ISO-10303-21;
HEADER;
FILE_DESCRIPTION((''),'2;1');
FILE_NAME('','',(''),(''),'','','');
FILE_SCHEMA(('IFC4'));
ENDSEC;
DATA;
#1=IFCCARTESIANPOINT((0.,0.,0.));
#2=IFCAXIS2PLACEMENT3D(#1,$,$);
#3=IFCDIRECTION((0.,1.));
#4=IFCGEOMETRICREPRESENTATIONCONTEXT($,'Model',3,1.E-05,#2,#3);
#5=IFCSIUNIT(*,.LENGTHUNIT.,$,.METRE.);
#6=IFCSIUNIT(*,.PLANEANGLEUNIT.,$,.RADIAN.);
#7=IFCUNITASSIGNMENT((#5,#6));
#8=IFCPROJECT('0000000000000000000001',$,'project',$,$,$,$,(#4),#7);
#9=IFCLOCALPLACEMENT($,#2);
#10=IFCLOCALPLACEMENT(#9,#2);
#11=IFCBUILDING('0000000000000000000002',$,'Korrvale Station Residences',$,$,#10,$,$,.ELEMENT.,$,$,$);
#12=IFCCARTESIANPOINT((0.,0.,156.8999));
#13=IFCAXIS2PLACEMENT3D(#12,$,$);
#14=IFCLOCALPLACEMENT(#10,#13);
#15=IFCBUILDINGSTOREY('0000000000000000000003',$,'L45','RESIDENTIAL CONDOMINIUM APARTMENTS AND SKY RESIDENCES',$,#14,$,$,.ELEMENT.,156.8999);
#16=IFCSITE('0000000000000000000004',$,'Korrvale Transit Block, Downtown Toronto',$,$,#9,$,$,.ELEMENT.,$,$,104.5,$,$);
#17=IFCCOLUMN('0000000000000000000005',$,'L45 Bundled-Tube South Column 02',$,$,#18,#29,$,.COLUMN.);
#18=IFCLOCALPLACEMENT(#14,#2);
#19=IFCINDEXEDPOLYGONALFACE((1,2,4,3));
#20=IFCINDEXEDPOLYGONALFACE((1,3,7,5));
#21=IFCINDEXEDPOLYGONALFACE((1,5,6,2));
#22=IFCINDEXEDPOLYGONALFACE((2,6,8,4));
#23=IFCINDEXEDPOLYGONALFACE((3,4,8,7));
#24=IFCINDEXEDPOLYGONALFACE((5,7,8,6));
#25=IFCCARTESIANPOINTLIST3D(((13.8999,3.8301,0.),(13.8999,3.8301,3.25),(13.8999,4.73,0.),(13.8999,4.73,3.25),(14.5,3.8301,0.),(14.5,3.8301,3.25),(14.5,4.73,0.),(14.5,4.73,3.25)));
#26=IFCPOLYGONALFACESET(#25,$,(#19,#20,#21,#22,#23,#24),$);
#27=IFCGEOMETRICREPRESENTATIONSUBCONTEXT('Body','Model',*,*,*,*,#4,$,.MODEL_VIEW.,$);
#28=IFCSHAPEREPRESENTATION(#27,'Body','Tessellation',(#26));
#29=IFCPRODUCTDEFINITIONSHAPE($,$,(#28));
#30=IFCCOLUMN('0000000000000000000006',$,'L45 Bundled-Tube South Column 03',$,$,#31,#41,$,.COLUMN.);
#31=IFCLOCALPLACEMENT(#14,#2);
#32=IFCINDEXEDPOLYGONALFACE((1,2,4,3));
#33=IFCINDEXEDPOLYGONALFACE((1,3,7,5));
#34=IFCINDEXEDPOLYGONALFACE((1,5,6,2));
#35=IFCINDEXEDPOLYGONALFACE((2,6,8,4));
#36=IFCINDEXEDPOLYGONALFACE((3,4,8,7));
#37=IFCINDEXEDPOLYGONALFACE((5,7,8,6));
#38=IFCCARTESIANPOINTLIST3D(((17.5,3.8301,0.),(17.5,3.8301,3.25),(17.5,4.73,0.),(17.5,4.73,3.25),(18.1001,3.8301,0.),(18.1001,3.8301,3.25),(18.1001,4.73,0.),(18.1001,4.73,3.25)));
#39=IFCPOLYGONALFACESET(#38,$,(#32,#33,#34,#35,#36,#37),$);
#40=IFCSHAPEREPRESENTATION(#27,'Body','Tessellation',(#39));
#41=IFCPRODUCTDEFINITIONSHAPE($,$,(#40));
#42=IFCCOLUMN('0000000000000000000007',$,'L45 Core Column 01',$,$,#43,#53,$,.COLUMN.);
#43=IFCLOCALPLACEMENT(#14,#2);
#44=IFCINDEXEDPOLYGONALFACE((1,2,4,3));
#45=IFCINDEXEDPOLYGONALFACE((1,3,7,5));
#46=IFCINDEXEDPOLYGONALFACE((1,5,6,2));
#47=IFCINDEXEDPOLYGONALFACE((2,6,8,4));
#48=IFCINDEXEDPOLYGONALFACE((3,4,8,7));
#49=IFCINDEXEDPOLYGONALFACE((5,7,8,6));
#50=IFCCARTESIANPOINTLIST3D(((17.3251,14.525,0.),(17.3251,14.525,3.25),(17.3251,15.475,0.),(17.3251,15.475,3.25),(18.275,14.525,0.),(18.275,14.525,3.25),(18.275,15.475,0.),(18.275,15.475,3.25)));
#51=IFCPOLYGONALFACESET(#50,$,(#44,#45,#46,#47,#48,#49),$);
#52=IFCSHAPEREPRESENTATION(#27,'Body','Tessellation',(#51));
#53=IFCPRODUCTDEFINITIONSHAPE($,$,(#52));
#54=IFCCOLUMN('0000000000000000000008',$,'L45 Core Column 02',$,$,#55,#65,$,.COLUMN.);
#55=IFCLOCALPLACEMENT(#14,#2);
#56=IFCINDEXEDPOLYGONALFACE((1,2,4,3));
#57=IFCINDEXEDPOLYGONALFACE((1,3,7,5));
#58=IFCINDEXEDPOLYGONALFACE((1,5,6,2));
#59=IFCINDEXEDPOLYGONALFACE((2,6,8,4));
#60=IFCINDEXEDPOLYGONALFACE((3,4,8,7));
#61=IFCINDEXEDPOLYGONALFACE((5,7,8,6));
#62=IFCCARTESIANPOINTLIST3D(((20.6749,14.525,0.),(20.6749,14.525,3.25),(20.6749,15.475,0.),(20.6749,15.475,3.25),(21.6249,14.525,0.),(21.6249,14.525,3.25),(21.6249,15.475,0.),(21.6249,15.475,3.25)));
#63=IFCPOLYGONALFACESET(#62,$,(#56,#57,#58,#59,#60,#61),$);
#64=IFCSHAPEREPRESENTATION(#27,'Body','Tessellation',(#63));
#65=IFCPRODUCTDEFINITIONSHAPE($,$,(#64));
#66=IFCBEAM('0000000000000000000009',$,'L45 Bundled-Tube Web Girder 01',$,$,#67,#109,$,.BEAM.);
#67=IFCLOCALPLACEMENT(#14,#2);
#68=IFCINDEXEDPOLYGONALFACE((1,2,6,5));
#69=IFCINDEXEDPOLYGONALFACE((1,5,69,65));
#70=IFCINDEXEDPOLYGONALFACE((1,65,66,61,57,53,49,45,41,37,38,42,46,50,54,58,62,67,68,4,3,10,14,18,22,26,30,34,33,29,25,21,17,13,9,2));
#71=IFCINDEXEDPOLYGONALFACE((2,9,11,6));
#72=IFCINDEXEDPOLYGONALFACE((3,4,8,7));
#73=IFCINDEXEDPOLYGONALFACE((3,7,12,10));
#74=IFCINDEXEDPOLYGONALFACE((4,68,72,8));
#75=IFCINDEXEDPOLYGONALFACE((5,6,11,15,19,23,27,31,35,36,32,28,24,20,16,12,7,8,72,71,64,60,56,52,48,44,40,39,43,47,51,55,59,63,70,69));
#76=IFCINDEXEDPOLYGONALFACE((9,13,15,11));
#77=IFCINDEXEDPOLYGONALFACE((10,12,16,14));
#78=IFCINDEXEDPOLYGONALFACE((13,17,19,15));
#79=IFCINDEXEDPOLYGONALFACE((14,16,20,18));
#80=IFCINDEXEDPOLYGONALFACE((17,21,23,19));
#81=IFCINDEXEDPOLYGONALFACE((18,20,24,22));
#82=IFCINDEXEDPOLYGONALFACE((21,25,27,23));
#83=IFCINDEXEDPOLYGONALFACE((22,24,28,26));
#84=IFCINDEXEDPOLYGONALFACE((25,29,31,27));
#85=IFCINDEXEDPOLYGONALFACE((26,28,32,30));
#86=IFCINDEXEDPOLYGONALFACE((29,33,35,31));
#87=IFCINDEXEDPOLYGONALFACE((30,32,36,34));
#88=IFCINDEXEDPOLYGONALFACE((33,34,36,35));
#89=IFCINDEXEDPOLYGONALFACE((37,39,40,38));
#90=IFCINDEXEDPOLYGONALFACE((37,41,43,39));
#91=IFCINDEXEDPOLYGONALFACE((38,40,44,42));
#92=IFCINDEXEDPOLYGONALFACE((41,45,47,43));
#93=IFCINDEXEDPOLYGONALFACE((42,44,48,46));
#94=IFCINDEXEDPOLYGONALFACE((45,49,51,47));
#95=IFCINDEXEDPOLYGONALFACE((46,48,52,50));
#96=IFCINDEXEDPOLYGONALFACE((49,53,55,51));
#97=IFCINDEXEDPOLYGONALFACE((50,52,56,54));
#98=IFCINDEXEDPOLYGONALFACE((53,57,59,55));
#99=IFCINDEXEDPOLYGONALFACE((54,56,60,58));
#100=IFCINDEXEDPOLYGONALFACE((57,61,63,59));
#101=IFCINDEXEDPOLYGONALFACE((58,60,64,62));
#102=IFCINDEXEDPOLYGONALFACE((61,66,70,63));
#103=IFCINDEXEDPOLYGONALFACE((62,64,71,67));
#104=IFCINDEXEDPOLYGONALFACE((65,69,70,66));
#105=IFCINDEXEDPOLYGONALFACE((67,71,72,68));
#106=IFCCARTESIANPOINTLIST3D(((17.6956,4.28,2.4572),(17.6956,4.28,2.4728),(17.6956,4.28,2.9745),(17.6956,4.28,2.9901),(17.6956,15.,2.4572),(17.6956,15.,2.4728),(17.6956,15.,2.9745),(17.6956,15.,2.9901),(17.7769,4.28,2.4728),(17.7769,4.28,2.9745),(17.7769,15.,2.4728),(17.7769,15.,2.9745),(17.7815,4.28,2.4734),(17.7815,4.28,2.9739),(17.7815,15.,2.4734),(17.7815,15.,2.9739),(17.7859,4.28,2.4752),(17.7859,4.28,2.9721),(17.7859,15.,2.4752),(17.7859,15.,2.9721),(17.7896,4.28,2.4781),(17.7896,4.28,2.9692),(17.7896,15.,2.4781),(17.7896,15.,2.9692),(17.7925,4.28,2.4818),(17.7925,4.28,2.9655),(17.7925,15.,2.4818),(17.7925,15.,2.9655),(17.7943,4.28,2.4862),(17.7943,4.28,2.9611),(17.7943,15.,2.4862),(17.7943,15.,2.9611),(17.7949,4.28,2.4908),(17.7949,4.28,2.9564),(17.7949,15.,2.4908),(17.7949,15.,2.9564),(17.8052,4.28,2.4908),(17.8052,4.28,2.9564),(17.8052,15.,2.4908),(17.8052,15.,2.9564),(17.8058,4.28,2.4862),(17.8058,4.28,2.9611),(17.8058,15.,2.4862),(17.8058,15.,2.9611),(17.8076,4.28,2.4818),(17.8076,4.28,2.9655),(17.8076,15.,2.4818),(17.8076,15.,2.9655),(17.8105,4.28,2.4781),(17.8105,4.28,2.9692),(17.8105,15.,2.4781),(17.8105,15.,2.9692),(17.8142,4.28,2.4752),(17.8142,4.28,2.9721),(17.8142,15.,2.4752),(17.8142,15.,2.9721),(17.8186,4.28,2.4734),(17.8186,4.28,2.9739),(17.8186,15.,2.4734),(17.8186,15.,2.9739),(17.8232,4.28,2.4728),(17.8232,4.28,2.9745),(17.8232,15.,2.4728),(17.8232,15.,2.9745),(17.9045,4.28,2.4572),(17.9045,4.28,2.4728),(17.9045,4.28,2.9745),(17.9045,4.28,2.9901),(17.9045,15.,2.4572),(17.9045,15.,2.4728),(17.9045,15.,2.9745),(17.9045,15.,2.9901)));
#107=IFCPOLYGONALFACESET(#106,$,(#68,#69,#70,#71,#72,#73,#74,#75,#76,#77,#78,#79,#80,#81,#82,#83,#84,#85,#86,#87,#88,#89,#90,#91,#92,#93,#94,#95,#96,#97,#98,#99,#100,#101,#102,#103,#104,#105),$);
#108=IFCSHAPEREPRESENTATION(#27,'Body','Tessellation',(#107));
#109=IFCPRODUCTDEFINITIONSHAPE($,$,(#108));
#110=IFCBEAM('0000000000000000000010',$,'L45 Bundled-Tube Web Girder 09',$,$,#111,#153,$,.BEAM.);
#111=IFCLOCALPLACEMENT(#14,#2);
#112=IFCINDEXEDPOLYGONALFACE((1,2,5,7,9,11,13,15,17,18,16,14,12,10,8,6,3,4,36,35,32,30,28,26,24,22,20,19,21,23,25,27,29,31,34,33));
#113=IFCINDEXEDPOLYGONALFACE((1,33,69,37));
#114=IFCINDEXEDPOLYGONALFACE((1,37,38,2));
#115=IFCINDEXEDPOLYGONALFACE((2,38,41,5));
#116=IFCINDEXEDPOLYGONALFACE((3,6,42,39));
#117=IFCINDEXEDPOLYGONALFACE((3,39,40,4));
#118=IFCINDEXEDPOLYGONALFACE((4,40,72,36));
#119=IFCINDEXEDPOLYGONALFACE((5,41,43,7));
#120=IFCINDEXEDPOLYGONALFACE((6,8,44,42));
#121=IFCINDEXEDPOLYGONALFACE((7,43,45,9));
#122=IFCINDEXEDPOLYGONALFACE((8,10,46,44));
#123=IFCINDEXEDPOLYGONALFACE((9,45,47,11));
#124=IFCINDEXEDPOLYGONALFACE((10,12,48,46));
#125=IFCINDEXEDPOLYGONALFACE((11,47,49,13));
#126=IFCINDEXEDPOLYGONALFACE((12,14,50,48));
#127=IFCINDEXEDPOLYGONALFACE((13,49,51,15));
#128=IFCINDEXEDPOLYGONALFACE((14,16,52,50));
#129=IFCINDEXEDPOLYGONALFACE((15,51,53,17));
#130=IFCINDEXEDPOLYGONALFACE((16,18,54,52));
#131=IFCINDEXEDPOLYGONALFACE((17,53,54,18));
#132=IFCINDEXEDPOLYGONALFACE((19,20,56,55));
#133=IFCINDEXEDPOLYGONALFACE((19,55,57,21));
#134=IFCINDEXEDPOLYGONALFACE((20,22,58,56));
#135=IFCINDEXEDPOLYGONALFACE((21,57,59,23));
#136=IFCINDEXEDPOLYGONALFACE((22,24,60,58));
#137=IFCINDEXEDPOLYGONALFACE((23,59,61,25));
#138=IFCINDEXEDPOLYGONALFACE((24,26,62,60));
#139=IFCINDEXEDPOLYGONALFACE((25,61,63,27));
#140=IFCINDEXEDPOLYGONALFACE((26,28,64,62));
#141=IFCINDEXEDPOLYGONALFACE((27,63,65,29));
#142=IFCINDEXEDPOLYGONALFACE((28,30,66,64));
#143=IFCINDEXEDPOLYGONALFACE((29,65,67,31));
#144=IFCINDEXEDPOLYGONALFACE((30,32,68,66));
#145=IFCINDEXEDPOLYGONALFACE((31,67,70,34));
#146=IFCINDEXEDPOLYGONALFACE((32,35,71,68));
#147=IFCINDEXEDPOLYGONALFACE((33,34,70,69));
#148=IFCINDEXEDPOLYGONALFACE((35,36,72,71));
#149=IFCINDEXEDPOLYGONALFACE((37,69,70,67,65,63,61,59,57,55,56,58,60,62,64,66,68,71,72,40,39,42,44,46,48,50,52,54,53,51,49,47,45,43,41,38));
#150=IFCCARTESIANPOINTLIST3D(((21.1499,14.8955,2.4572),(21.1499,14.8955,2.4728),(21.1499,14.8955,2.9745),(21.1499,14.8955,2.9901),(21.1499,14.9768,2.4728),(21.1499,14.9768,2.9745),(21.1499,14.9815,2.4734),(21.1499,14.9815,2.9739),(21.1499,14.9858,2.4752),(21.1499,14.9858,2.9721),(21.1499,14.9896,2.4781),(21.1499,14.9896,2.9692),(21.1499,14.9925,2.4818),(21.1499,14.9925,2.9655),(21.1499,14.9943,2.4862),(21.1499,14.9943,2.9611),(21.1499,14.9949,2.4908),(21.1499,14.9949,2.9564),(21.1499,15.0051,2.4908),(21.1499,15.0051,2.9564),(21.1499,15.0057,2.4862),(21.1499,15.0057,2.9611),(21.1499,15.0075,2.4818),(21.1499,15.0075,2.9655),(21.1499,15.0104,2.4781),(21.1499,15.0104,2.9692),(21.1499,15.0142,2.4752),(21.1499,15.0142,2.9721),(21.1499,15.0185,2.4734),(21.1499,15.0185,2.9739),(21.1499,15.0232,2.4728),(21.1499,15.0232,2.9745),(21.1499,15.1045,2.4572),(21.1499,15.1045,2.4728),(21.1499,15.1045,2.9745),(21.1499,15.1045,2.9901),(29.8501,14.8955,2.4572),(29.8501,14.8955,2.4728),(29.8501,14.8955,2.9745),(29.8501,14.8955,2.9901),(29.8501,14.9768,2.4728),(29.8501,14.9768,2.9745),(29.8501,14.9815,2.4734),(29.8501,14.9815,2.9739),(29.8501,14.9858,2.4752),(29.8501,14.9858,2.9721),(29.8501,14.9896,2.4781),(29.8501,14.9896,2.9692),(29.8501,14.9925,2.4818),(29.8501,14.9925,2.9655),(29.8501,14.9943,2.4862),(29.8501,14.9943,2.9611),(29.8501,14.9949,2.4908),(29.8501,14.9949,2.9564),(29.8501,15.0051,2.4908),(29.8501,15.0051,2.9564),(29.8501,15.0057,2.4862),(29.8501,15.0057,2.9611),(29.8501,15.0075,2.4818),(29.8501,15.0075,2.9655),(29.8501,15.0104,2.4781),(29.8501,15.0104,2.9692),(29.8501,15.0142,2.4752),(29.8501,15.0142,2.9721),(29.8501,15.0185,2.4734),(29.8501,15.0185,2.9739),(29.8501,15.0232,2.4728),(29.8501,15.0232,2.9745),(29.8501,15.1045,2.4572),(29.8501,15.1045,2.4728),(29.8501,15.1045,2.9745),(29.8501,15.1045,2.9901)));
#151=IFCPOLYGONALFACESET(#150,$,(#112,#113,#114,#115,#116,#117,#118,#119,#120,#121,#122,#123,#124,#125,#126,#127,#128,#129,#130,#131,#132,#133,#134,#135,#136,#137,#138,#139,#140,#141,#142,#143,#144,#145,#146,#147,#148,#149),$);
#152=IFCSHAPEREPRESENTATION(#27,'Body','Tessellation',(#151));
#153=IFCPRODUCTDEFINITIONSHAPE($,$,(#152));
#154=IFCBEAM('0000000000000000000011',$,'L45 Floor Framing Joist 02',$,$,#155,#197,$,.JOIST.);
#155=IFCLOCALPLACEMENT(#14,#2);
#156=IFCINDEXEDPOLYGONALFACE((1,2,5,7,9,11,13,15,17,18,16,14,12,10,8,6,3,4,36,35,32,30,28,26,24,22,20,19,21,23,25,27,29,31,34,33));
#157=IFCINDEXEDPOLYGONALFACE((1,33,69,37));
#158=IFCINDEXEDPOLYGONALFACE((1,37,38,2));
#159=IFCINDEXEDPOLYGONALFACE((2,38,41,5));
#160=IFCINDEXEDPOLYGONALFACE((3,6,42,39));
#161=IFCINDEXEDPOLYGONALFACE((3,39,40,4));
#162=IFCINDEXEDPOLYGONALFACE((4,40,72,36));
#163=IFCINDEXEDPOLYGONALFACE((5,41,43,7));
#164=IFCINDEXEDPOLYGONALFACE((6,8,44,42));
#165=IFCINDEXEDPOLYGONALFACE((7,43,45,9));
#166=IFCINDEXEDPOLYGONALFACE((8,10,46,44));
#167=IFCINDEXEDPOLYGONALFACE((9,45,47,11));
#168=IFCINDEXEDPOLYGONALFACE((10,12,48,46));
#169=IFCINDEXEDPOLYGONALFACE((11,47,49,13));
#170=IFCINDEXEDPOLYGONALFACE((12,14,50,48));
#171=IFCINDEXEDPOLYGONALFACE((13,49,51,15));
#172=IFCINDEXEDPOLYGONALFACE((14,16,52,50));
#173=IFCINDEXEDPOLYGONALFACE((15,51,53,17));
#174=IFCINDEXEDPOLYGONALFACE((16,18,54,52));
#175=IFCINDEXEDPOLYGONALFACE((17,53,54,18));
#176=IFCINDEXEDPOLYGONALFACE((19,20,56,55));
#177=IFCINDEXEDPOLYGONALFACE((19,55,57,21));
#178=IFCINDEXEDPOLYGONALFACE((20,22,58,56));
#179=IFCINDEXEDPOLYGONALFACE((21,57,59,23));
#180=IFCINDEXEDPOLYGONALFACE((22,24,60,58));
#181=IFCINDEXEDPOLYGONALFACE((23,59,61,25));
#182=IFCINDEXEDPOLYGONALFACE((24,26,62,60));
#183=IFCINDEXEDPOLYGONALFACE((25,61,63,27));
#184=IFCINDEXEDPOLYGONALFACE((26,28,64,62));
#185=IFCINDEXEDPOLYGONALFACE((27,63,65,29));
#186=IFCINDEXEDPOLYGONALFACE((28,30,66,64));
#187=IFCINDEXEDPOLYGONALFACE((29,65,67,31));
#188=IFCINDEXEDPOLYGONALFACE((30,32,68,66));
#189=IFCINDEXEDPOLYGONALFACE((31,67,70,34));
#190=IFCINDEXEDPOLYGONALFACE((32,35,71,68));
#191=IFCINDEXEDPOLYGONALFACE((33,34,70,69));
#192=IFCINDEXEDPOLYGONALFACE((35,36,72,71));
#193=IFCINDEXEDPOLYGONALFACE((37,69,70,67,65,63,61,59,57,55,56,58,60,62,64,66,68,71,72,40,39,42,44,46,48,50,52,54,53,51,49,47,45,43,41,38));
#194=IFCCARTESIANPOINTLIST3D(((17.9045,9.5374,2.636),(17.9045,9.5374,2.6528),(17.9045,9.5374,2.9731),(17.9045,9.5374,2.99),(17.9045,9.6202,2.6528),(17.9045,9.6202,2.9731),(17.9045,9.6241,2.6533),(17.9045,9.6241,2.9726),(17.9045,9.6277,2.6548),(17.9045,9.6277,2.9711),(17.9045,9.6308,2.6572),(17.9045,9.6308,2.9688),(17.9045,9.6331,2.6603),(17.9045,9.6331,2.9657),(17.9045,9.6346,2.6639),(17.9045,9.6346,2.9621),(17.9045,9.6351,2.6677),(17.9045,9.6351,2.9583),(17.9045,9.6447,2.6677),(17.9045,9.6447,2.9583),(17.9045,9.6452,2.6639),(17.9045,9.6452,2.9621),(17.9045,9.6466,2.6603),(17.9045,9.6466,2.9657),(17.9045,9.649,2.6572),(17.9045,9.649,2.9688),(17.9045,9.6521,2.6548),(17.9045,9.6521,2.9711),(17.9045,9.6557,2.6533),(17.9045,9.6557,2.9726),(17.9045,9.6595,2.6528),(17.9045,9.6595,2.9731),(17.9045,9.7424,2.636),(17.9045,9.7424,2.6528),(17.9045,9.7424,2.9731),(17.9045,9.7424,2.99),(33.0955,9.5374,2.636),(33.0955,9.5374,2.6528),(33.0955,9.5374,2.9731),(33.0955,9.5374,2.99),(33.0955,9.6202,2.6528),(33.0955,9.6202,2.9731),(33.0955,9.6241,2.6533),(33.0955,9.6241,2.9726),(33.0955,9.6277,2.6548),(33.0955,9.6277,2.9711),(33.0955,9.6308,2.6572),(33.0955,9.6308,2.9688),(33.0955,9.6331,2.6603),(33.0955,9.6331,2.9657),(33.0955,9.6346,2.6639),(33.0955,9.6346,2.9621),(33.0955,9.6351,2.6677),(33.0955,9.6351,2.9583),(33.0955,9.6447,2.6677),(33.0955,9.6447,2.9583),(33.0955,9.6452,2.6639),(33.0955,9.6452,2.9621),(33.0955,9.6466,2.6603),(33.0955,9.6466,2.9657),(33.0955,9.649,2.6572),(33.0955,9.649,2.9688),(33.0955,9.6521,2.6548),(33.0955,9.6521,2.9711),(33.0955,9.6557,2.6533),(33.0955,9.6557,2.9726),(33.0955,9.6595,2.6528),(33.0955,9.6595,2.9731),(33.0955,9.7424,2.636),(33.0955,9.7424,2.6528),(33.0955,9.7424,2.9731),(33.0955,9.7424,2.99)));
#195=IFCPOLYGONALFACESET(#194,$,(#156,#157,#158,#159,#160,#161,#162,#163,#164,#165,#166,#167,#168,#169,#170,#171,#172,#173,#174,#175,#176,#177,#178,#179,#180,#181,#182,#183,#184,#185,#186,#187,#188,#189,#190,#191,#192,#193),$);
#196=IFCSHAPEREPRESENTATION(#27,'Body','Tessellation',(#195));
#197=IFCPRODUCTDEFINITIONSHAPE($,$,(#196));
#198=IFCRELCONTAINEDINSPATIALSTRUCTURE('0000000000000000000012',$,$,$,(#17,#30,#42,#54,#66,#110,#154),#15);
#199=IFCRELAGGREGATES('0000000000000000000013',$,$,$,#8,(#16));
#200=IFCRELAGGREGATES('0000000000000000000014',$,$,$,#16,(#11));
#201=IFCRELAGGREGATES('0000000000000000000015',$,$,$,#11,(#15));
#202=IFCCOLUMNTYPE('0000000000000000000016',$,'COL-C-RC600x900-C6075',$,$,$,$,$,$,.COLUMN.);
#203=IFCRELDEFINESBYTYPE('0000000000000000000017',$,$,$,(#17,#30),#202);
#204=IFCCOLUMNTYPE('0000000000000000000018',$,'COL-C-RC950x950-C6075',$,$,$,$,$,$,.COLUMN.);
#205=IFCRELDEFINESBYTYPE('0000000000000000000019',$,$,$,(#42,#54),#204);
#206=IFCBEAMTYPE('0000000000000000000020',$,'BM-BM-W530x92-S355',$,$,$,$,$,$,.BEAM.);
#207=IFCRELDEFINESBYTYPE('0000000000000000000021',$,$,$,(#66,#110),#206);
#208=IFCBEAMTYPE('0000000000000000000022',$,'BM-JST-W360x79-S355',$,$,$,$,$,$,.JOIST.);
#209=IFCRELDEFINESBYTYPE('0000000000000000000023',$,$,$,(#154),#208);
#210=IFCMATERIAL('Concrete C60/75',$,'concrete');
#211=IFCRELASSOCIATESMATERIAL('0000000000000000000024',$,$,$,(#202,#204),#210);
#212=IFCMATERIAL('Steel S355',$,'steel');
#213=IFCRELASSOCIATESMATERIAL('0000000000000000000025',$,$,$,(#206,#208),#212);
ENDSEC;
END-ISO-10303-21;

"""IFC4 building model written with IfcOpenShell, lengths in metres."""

from ifc_helpers import new_model, si_unit, direction, frame, origin, origin_2d, place, context, subcontext, project, spatial, rectangle, i_section, extrude, material, material_profile, profile_set, type_object, element, save


model = new_model("IFC4")

# Units and contexts
model_context = context("Model", 3, precision=1e-05, world=origin(), true_north=direction((0.0, 1.0)))
body_context = subcontext(model_context, "Body", "Model", "MODEL_VIEW")
ifc_project = project(units=[si_unit("LENGTHUNIT", "METRE"), si_unit("PLANEANGLEUNIT", "RADIAN")], contexts=[model_context])

# Site, building, storey
site_placement = place(None, origin())
site = spatial("IfcSite", under=ifc_project, at=site_placement, Name="Korrvale Transit Block, Downtown Toronto", CompositionType="ELEMENT", RefElevation=104.5)
building_placement = place(site_placement, origin())
building = spatial("IfcBuilding", under=site, at=building_placement, Name="Korrvale Station Residences", CompositionType="ELEMENT")
storey_placement = place(building_placement, frame((0.0, 0.0, 156.8999)))
storey = spatial("IfcBuildingStorey", under=building, at=storey_placement, Name="L45", Description="RESIDENTIAL CONDOMINIUM APARTMENTS AND SKY RESIDENCES", CompositionType="ELEMENT", Elevation=156.8999)

# Columns
ifc_material_1 = material(Name="Concrete C60/75", Category="concrete")
ifc_material_profile_1 = material_profile(ifc_material_1, rectangle(XDim=0.6001, YDim=0.8999, at=origin_2d()), Name="RC600x900")
ifc_profile_set_1 = profile_set([ifc_material_profile_1], Name="Concrete C60/75")
column_type_1 = type_object("IfcColumnType", Name="COL-C-RC600x900-C6075", PredefinedType="COLUMN", material=ifc_profile_set_1)
for number, where, z_axis, x_axis, name in (
    (1, (14.2, 4.28, 0.0), (0.0, 0.0, 1.0), (1.0, 0.0, 0.0), "L45 Bundled-Tube South Column 02"),
    (2, (17.8, 4.28, 0.0), (0.0, 0.0, 1.0), (1.0, 0.0, 0.0), "L45 Bundled-Tube South Column 03"),
):
    element("IfcColumn", number, at=place(storey_placement, frame(where, z_axis=z_axis, x_axis=x_axis)), inside=storey, type_object=column_type_1, Name=name, PredefinedType="COLUMN", context=body_context, shape_type="SweptSolid", body=[
        extrude(rectangle(XDim=0.6001, YDim=0.8999, at=origin_2d()), origin(), (0.0, 0.0, 1.0), 3.25),
    ])
ifc_material_profile_2 = material_profile(ifc_material_1, rectangle(XDim=0.95, YDim=0.95, at=origin_2d()), Name="RC950x950")
ifc_profile_set_2 = profile_set([ifc_material_profile_2], Name="Concrete C60/75")
column_type_2 = type_object("IfcColumnType", Name="COL-C-RC950x950-C6075", PredefinedType="COLUMN", material=ifc_profile_set_2)
for number, where, z_axis, x_axis, name in (
    (3, (17.8, 15.0, 0.0), (0.0, 0.0, 1.0), (1.0, 0.0, 0.0), "L45 Core Column 01"),
    (4, (21.1499, 15.0, 0.0), (0.0, 0.0, 1.0), (1.0, 0.0, 0.0), "L45 Core Column 02"),
):
    element("IfcColumn", number, at=place(storey_placement, frame(where, z_axis=z_axis, x_axis=x_axis)), inside=storey, type_object=column_type_2, Name=name, PredefinedType="COLUMN", context=body_context, shape_type="SweptSolid", body=[
        extrude(rectangle(XDim=0.95, YDim=0.95, at=origin_2d()), origin(), (0.0, 0.0, 1.0), 3.25),
    ])

# Beams
ifc_material_2 = material(Name="Steel S355", Category="steel")
ifc_material_profile_3 = material_profile(ifc_material_2, i_section(OverallWidth=0.209, OverallDepth=0.533, WebThickness=0.0103, FlangeThickness=0.0156, FilletRadius=0.0181, at=origin_2d()), Name="W530x92")
ifc_profile_set_3 = profile_set([ifc_material_profile_3], Name="Steel S355")
beam_type_1 = type_object("IfcBeamType", Name="BM-BM-W530x92-S355", PredefinedType="BEAM", material=ifc_profile_set_3)
beam_1_placement = place(storey_placement, frame((17.8, 4.28, 2.7236), z_axis=(0.0, 1.0, 0.0), x_axis=(-1.0, 0.0, 0.0)))
element("IfcBeam", 5, at=beam_1_placement, inside=storey, type_object=beam_type_1, Name="L45 Bundled-Tube Web Girder 01", PredefinedType="BEAM", context=body_context, shape_type="SweptSolid", body=[
    extrude(i_section(OverallWidth=0.209, OverallDepth=0.533, WebThickness=0.0103, FlangeThickness=0.0156, FilletRadius=0.0181, at=origin_2d()), origin(), (0.0, 0.0, 1.0), 10.72),
])
beam_2_placement = place(storey_placement, frame((21.1499, 15.0, 2.7236), z_axis=(1.0, 0.0, 0.0), x_axis=(0.0, 1.0, 0.0)))
element("IfcBeam", 6, at=beam_2_placement, inside=storey, type_object=beam_type_1, Name="L45 Bundled-Tube Web Girder 09", PredefinedType="BEAM", context=body_context, shape_type="SweptSolid", body=[
    extrude(i_section(OverallWidth=0.209, OverallDepth=0.533, WebThickness=0.0103, FlangeThickness=0.0156, FilletRadius=0.0181, at=origin_2d()), origin(), (0.0, 0.0, 1.0), 8.7002),
])
ifc_material_profile_4 = material_profile(ifc_material_2, i_section(OverallWidth=0.2051, OverallDepth=0.354, WebThickness=0.0095, FlangeThickness=0.0168, FilletRadius=0.0149, at=origin_2d()), Name="W360x79")
ifc_profile_set_4 = profile_set([ifc_material_profile_4], Name="Steel S355")
beam_type_2 = type_object("IfcBeamType", Name="BM-JST-W360x79-S355", PredefinedType="JOIST", material=ifc_profile_set_4)
beam_3_placement = place(storey_placement, frame((17.9045, 9.6399, 2.813), z_axis=(1.0, 0.0, 0.0), x_axis=(0.0, 1.0, 0.0)))
element("IfcBeam", 7, at=beam_3_placement, inside=storey, type_object=beam_type_2, Name="L45 Floor Framing Joist 02", PredefinedType="JOIST", context=body_context, shape_type="SweptSolid", body=[
    extrude(i_section(OverallWidth=0.2051, OverallDepth=0.354, WebThickness=0.0095, FlangeThickness=0.0168, FilletRadius=0.0149, at=origin_2d()), origin(), (0.0, 0.0, 1.0), 15.1909),
])

save(model, "model.ifc")
